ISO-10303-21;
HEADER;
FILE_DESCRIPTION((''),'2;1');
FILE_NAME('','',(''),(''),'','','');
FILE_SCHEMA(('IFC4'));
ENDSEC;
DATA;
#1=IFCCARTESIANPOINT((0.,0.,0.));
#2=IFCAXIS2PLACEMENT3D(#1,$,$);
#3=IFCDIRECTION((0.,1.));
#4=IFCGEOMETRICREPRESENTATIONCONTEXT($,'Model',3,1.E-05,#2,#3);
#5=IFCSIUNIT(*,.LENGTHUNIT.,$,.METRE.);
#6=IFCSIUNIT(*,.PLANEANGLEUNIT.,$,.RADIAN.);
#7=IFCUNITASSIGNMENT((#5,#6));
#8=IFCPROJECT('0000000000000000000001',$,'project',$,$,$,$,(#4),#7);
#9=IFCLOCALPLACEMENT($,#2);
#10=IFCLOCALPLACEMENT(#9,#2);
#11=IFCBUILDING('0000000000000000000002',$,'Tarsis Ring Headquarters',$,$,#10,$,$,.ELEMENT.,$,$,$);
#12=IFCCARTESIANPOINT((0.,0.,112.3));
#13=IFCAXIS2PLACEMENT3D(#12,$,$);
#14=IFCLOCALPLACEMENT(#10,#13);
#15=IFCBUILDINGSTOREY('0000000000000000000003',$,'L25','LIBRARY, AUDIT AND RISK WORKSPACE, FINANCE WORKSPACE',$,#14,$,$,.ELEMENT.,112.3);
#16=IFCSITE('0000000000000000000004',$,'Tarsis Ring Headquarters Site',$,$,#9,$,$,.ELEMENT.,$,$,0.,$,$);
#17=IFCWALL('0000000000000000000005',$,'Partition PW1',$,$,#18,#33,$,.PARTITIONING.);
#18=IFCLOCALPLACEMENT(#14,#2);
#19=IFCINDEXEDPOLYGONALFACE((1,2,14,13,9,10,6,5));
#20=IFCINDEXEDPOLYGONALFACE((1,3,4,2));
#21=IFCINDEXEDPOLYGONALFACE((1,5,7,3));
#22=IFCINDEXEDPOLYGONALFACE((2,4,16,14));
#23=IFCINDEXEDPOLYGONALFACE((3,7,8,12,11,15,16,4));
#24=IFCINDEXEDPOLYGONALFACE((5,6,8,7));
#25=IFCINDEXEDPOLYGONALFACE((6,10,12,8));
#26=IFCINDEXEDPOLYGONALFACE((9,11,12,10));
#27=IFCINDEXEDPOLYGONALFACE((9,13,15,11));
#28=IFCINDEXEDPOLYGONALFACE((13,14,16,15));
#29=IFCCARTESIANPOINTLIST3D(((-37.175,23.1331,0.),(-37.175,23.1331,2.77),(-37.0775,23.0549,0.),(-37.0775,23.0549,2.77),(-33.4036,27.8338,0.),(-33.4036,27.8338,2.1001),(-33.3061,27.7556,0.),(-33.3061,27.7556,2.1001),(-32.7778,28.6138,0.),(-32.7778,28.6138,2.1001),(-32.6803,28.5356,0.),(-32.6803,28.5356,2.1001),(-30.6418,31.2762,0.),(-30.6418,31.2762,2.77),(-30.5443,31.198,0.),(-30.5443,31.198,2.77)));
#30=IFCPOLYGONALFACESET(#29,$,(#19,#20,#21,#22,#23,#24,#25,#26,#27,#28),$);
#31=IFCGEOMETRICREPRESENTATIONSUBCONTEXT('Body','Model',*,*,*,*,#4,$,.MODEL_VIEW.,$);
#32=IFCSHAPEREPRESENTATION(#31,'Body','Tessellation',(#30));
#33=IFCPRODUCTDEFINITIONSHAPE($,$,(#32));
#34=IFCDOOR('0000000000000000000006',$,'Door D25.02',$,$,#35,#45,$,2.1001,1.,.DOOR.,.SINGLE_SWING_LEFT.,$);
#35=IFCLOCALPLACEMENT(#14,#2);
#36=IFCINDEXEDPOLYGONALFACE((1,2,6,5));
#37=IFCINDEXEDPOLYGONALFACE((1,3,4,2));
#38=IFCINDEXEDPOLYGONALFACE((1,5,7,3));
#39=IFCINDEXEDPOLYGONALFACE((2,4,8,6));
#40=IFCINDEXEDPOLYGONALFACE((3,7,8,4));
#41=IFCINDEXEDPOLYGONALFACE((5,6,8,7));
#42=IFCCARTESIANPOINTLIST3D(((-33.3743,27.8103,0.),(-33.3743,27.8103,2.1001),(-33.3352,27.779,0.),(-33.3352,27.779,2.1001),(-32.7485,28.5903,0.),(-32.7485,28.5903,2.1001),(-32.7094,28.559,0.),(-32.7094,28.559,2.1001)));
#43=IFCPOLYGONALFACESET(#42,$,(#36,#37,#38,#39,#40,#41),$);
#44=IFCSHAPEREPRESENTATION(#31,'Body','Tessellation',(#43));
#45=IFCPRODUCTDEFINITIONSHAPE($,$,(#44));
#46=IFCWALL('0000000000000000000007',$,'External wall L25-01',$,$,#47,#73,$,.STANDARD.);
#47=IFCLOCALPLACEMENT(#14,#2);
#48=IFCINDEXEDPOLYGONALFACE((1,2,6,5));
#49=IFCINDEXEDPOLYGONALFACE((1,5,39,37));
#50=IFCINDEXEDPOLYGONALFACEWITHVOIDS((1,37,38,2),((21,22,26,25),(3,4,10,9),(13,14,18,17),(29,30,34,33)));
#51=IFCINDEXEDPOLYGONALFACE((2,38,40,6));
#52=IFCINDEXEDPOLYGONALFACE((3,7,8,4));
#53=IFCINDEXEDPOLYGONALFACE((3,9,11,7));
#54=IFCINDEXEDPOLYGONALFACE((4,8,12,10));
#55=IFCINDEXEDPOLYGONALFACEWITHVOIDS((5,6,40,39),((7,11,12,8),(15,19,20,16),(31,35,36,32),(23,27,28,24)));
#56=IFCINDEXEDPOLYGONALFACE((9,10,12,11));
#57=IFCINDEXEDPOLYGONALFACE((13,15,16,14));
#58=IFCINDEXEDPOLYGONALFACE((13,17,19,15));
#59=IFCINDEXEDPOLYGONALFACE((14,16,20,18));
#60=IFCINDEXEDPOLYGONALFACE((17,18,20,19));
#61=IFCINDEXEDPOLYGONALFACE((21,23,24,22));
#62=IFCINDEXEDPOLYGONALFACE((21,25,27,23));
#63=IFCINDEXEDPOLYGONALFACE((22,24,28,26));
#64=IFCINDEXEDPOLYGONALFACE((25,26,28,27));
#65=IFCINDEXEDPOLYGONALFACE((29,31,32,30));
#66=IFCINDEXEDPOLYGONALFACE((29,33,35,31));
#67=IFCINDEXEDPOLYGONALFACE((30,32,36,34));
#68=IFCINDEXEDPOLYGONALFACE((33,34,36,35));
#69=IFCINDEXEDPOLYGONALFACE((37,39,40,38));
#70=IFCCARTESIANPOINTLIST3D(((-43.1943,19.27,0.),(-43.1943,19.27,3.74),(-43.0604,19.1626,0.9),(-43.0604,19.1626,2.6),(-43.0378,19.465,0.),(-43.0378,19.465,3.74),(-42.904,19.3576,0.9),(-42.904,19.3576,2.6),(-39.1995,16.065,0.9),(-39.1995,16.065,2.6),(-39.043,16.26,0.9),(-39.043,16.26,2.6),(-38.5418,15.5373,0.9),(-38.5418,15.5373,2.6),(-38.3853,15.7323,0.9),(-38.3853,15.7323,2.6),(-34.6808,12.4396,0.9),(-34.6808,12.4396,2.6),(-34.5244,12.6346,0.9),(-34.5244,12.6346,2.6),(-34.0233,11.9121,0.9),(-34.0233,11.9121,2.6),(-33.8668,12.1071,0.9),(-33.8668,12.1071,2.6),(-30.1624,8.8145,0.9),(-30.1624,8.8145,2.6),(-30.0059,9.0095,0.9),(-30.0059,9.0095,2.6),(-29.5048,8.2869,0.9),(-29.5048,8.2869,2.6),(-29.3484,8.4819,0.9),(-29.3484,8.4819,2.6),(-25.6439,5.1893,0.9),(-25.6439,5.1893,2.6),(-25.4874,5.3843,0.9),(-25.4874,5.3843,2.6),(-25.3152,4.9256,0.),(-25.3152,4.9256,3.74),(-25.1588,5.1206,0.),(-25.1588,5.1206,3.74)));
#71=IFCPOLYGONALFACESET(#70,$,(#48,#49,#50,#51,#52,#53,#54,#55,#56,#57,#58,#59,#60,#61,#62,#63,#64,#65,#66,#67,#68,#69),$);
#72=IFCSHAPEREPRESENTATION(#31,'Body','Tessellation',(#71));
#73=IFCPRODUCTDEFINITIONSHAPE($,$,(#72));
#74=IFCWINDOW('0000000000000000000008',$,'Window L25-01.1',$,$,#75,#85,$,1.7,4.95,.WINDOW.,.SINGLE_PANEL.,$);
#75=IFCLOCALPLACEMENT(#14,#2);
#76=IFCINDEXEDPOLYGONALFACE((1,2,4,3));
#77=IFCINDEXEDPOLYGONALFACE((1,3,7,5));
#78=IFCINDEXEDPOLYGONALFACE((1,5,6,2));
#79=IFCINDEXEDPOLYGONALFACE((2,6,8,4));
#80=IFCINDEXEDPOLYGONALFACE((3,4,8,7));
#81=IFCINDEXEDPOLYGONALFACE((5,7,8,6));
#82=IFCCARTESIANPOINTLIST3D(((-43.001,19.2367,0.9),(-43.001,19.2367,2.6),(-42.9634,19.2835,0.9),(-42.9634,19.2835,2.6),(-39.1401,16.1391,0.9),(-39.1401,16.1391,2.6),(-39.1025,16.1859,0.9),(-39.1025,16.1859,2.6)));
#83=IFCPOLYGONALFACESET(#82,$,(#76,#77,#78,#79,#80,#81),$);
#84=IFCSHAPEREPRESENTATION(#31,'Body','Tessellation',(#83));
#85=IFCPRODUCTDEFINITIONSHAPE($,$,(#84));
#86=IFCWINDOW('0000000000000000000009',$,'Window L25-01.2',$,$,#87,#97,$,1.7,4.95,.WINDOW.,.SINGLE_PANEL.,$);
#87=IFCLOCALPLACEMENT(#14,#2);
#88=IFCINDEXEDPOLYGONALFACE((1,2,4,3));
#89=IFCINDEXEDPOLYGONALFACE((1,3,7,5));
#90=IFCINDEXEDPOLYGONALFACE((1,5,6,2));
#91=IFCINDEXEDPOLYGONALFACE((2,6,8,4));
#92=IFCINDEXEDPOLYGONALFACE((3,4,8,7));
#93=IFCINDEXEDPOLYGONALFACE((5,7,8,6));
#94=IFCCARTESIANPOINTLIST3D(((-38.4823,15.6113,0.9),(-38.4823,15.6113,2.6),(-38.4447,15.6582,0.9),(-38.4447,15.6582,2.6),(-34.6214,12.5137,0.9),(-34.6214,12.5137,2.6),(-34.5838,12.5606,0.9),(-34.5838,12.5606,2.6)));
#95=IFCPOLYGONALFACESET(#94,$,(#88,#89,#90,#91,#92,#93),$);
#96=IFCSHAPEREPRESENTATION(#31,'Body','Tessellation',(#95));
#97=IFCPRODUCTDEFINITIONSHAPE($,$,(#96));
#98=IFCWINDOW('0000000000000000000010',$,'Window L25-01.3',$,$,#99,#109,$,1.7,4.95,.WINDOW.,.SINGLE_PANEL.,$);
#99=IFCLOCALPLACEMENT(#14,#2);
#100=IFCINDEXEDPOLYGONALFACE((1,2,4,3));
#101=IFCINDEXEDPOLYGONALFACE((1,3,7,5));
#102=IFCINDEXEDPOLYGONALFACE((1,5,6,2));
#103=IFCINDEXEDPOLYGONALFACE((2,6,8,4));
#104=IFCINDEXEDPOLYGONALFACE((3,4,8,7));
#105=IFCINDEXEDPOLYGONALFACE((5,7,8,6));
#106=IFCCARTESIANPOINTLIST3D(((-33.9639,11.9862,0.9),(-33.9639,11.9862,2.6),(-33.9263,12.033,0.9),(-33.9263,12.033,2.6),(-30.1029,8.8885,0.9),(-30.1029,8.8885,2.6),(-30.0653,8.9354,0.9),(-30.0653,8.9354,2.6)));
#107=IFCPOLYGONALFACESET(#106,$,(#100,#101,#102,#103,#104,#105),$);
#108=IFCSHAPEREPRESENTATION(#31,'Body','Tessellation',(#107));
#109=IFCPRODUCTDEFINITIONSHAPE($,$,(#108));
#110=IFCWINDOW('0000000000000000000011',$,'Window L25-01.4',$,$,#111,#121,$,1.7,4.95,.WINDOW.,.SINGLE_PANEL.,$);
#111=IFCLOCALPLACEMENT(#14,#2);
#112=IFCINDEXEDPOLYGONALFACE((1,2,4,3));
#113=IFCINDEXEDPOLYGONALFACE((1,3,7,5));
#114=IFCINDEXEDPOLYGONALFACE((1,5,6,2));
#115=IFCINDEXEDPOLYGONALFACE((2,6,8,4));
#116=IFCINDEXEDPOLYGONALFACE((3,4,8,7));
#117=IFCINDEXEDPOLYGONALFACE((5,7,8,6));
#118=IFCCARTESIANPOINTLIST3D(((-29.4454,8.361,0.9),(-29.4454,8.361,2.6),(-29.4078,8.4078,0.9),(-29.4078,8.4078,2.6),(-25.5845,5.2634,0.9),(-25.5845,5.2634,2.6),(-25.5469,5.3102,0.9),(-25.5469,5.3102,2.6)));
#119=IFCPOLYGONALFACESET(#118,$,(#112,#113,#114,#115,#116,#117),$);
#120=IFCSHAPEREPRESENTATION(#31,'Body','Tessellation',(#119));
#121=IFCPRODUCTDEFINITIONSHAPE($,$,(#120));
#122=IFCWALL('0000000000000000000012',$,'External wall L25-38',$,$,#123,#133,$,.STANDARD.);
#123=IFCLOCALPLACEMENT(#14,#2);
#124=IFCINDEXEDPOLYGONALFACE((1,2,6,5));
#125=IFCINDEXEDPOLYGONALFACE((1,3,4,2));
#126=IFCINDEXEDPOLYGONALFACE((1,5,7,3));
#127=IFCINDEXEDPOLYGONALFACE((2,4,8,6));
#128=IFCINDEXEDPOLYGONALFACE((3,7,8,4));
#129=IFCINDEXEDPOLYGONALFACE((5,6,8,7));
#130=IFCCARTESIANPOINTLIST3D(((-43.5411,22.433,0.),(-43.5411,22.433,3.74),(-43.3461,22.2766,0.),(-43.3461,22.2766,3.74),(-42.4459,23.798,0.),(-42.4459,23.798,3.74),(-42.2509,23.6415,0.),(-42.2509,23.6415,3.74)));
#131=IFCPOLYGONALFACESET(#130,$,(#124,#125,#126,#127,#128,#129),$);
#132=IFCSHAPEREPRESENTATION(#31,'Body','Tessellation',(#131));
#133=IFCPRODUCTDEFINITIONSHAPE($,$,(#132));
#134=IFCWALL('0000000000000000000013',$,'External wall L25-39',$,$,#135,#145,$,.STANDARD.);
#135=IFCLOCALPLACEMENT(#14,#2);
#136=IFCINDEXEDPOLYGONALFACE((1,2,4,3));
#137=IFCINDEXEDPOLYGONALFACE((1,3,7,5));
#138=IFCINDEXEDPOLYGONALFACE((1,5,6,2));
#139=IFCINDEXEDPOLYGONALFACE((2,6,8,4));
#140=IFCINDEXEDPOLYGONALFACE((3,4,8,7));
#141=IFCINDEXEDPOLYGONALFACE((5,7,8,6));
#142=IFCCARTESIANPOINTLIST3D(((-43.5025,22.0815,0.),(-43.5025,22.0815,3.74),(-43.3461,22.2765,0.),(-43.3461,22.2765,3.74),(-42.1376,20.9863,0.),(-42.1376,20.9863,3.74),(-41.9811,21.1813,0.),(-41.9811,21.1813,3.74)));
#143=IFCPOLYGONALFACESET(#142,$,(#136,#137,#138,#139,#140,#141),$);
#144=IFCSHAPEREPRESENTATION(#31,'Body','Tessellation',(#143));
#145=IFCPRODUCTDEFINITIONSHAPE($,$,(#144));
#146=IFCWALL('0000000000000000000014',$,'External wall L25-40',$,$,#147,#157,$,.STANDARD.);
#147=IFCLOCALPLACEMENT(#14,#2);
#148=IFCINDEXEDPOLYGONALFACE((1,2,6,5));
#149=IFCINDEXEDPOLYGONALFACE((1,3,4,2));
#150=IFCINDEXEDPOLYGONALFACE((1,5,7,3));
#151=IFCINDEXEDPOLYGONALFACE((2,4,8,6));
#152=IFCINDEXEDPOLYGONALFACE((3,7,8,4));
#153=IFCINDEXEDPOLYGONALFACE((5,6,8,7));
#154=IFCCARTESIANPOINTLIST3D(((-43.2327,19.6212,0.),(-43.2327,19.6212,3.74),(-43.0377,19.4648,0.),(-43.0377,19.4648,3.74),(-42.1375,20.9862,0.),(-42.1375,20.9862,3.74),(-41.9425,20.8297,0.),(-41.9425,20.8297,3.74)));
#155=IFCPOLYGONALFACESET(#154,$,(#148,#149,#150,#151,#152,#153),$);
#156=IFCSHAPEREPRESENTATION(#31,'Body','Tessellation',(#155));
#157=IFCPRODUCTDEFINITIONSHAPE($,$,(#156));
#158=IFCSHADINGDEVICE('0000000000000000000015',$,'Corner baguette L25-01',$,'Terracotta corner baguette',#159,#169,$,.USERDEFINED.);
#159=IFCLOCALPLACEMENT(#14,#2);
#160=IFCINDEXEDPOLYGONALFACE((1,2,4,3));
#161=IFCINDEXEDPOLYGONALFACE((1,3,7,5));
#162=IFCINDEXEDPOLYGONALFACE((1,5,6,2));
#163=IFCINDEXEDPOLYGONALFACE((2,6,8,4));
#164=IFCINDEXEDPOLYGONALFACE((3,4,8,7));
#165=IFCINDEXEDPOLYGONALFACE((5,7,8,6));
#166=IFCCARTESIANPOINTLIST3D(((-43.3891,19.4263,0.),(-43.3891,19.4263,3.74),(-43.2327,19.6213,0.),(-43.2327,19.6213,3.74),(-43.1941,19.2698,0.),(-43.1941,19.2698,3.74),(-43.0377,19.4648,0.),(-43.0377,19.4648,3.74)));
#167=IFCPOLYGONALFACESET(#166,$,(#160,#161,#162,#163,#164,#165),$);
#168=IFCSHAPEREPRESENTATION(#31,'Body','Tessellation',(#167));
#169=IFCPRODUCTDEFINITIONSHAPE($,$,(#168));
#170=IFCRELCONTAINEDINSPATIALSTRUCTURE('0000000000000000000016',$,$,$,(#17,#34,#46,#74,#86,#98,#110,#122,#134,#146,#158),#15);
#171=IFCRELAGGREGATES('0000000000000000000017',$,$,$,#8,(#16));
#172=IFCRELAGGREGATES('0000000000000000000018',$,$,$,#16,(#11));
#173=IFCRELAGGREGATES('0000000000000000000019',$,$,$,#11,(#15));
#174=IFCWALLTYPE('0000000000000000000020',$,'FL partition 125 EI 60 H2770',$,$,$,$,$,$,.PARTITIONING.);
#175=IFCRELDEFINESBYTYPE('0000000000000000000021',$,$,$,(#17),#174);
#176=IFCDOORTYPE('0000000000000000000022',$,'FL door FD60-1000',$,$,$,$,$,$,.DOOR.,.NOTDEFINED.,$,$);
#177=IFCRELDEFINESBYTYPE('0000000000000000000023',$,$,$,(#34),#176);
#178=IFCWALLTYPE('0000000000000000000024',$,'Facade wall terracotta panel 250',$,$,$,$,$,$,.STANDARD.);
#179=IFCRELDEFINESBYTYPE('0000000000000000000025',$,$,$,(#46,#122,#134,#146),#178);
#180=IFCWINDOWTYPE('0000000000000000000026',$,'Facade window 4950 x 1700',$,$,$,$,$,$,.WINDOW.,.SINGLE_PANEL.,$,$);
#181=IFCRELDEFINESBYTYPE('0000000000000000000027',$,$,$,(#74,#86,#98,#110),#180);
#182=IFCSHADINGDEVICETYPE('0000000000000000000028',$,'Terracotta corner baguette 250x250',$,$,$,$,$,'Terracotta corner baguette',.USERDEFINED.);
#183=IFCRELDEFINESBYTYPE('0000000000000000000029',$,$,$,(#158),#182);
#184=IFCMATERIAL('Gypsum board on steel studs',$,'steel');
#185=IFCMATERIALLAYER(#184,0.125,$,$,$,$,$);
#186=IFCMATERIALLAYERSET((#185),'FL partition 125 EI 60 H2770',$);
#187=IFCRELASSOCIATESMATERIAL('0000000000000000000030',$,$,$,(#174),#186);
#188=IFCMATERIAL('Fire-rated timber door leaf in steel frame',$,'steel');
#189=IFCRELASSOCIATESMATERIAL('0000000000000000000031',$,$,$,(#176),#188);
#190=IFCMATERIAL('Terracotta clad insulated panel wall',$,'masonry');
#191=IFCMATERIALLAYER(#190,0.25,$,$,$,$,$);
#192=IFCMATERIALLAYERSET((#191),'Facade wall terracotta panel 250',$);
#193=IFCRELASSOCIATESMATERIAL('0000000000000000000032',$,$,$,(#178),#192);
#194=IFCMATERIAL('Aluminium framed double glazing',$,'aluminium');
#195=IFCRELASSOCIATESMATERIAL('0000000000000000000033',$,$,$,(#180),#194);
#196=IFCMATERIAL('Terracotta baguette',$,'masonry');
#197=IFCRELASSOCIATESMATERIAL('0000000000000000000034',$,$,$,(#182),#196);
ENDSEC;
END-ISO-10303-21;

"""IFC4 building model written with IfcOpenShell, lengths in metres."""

from ifc_helpers import new_model, si_unit, direction, frame, frame_2d, origin, origin_2d, place, context, subcontext, project, spatial, rectangle, extrude, material, layer, layer_set, type_object, element, fill, save


model = new_model("IFC4")

# Units and contexts
model_context = context("Model", 3, precision=1e-05, world=origin(), true_north=direction((0.0, 1.0)))
body_context = subcontext(model_context, "Body", "Model", "MODEL_VIEW")
ifc_project = project(units=[si_unit("LENGTHUNIT", "METRE"), si_unit("PLANEANGLEUNIT", "RADIAN")], contexts=[model_context])

# Site, building, storey
site_placement = place(None, origin())
site = spatial("IfcSite", under=ifc_project, at=site_placement, Name="Tarsis Ring Headquarters Site", CompositionType="ELEMENT", RefElevation=0.0)
building_placement = place(site_placement, origin())
building = spatial("IfcBuilding", under=site, at=building_placement, Name="Tarsis Ring Headquarters", CompositionType="ELEMENT")
storey_placement = place(building_placement, frame((0.0, 0.0, 112.3)))
storey = spatial("IfcBuildingStorey", under=building, at=storey_placement, Name="L25", Description="LIBRARY, AUDIT AND RISK WORKSPACE, FINANCE WORKSPACE", CompositionType="ELEMENT", Elevation=112.3)

# Shared definitions
ifc_material_1 = material(Name="Gypsum board on steel studs", Category="steel")

# Shared definitions
ifc_layer_1 = layer(ifc_material_1, 0.125)
ifc_layer_set_1 = layer_set([ifc_layer_1], Name="FL partition 125 EI 60 H2770")
wall_type_1 = type_object("IfcWallType", Name="FL partition 125 EI 60 H2770", PredefinedType="PARTITIONING", material=ifc_layer_set_1)
ifc_material_2 = material(Name="Fire-rated timber door leaf in steel frame", Category="steel")
door_type_1 = type_object("IfcDoorType", Name="FL door FD60-1000", OperationType="NOTDEFINED", PredefinedType="DOOR", material=ifc_material_2)

# Wall, opening, door
wall_1_placement = place(storey_placement, frame((-37.1262, 23.094, 0.0), z_axis=(0.0, 0.0, 1.0), x_axis=(0.62579, 0.779992, 0.0)))
wall_1 = element("IfcWall", 1, at=wall_1_placement, inside=storey, type_object=wall_type_1, Name="Partition PW1", PredefinedType="PARTITIONING", context=body_context, shape_type="SweptSolid", body=[
    extrude(rectangle(XDim=10.4399, YDim=0.125, at=frame_2d((5.22, 0.0))), origin(), (0.0, 0.0, 1.0), 2.77),
])
opening_1_placement = place(wall_1_placement, frame((6.0266, 0.0, 0.0)))
opening_1 = element("IfcOpeningElement", 2, at=opening_1_placement, cuts=wall_1, PredefinedType="OPENING", context=body_context, shape_type="SweptSolid", body=[
    extrude(rectangle(XDim=1.0, YDim=2.1001, at=frame_2d((0.5, 1.05))), frame((0.0, 0.0725, 0.0), z_axis=(0.0, -1.0, 0.0), x_axis=(1.0, 0.0, 0.0)), (0.0, 0.0, 1.0), 0.145),
])
door_1_placement = place(opening_1_placement, origin())
door_1 = element("IfcDoor", 3, at=door_1_placement, inside=storey, type_object=door_type_1, Name="Door D25.02", OperationType="SINGLE_SWING_LEFT", OverallHeight=2.1001, OverallWidth=1.0, PredefinedType="DOOR", context=body_context, shape_type="SweptSolid", body=[
    extrude(rectangle(XDim=1.0, YDim=2.1001, at=frame_2d((0.5, 1.05))), frame((0.0, 0.0249, 0.0), z_axis=(0.0, -1.0, 0.0), x_axis=(1.0, 0.0, 0.0)), (0.0, 0.0, 1.0), 0.05),
])
fill(opening_1, door_1)

# Wall, openings, windows
ifc_material_3 = material(Name="Terracotta clad insulated panel wall", Category="masonry")
ifc_layer_2 = layer(ifc_material_3, 0.25)
ifc_layer_set_2 = layer_set([ifc_layer_2], Name="Facade wall terracotta panel 250")
wall_type_2 = type_object("IfcWallType", Name="Facade wall terracotta panel 250", PredefinedType="STANDARD", material=ifc_layer_set_2)
wall_2_placement = place(storey_placement, frame((-43.116, 19.3674, 0.0), z_axis=(0.0, 0.0, 1.0), x_axis=(0.779992, -0.625789, 0.0)))
wall_2 = element("IfcWall", 4, at=wall_2_placement, inside=storey, type_object=wall_type_2, Name="External wall L25-01", PredefinedType="STANDARD", context=body_context, shape_type="SweptSolid", body=[
    extrude(rectangle(XDim=22.9221, YDim=0.25, at=frame_2d((11.4609, 0.0))), origin(), (0.0, 0.0, 1.0), 3.74),
])
opening_2_placement = place(wall_2_placement, frame((0.1714, 0.0, 0.8999)))
opening_2 = element("IfcOpeningElement", 5, at=opening_2_placement, cuts=wall_2, PredefinedType="OPENING", context=body_context, shape_type="SweptSolid", body=[
    extrude(rectangle(XDim=4.95, YDim=1.7, at=frame_2d((2.4751, 0.8501))), frame((0.0, 0.135, 0.0), z_axis=(0.0, -1.0, 0.0), x_axis=(1.0, 0.0, 0.0)), (0.0, 0.0, 1.0), 0.27),
])
opening_3_placement = place(wall_2_placement, frame((5.9646, 0.0, 0.8999)))
opening_3 = element("IfcOpeningElement", 6, at=opening_3_placement, cuts=wall_2, PredefinedType="OPENING", context=body_context, shape_type="SweptSolid", body=[
    extrude(rectangle(XDim=4.95, YDim=1.7, at=frame_2d((2.4751, 0.8501))), frame((0.0, 0.135, 0.0), z_axis=(0.0, -1.0, 0.0), x_axis=(1.0, 0.0, 0.0)), (0.0, 0.0, 1.0), 0.27),
])
opening_4_placement = place(wall_2_placement, frame((11.7576, 0.0, 0.8999)))
opening_4 = element("IfcOpeningElement", 7, at=opening_4_placement, cuts=wall_2, PredefinedType="OPENING", context=body_context, shape_type="SweptSolid", body=[
    extrude(rectangle(XDim=4.95, YDim=1.7, at=frame_2d((2.4751, 0.8501))), frame((0.0, 0.135, 0.0), z_axis=(0.0, -1.0, 0.0), x_axis=(1.0, 0.0, 0.0)), (0.0, 0.0, 1.0), 0.27),
])
opening_5_placement = place(wall_2_placement, frame((17.5505, 0.0, 0.8999)))
opening_5 = element("IfcOpeningElement", 8, at=opening_5_placement, cuts=wall_2, PredefinedType="OPENING", context=body_context, shape_type="SweptSolid", body=[
    extrude(rectangle(XDim=4.95, YDim=1.7, at=frame_2d((2.4751, 0.8501))), frame((0.0, 0.135, 0.0), z_axis=(0.0, -1.0, 0.0), x_axis=(1.0, 0.0, 0.0)), (0.0, 0.0, 1.0), 0.27),
])
ifc_material_4 = material(Name="Aluminium framed double glazing", Category="aluminium")
window_type = type_object("IfcWindowType", Name="Facade window 4950 x 1700", PartitioningType="SINGLE_PANEL", PredefinedType="WINDOW", material=ifc_material_4)
window_1_placement = place(opening_2_placement, origin())
window_1 = element("IfcWindow", 9, at=window_1_placement, inside=storey, type_object=window_type, Name="Window L25-01.1", OverallHeight=1.7, OverallWidth=4.95, PartitioningType="SINGLE_PANEL", PredefinedType="WINDOW", context=body_context, shape_type="SweptSolid", body=[
    extrude(rectangle(XDim=4.95, YDim=1.7, at=frame_2d((2.4751, 0.8501))), frame((0.0, 0.03, 0.0), z_axis=(0.0, -1.0, 0.0), x_axis=(1.0, 0.0, 0.0)), (0.0, 0.0, 1.0), 0.0601),
])
fill(opening_2, window_1)
window_2_placement = place(opening_3_placement, origin())
window_2 = element("IfcWindow", 10, at=window_2_placement, inside=storey, type_object=window_type, Name="Window L25-01.2", OverallHeight=1.7, OverallWidth=4.95, PartitioningType="SINGLE_PANEL", PredefinedType="WINDOW", context=body_context, shape_type="SweptSolid", body=[
    extrude(rectangle(XDim=4.95, YDim=1.7, at=frame_2d((2.4751, 0.8501))), frame((0.0, 0.03, 0.0), z_axis=(0.0, -1.0, 0.0), x_axis=(1.0, 0.0, 0.0)), (0.0, 0.0, 1.0), 0.0601),
])
fill(opening_3, window_2)
window_3_placement = place(opening_4_placement, origin())
window_3 = element("IfcWindow", 11, at=window_3_placement, inside=storey, type_object=window_type, Name="Window L25-01.3", OverallHeight=1.7, OverallWidth=4.95, PartitioningType="SINGLE_PANEL", PredefinedType="WINDOW", context=body_context, shape_type="SweptSolid", body=[
    extrude(rectangle(XDim=4.95, YDim=1.7, at=frame_2d((2.4751, 0.8501))), frame((0.0, 0.03, 0.0), z_axis=(0.0, -1.0, 0.0), x_axis=(1.0, 0.0, 0.0)), (0.0, 0.0, 1.0), 0.0601),
])
fill(opening_4, window_3)
window_4_placement = place(opening_5_placement, origin())
window_4 = element("IfcWindow", 12, at=window_4_placement, inside=storey, type_object=window_type, Name="Window L25-01.4", OverallHeight=1.7, OverallWidth=4.95, PartitioningType="SINGLE_PANEL", PredefinedType="WINDOW", context=body_context, shape_type="SweptSolid", body=[
    extrude(rectangle(XDim=4.95, YDim=1.7, at=frame_2d((2.4751, 0.8501))), frame((0.0, 0.03, 0.0), z_axis=(0.0, -1.0, 0.0), x_axis=(1.0, 0.0, 0.0)), (0.0, 0.0, 1.0), 0.0601),
])
fill(opening_5, window_4)

# Walls
for number, where, z_axis, x_axis, name in (
    (13, (-42.3484, 23.7197, 0.0), (0.0, 0.0, 1.0), (-0.625817, -0.77997, 0.0), "External wall L25-38"),
    (14, (-43.4243, 22.179, 0.0), (0.0, 0.0, 1.0), (0.77997, -0.625817, 0.0), "External wall L25-39"),
    (15, (-42.04, 20.908, 0.0), (0.0, 0.0, 1.0), (-0.625817, -0.77997, 0.0), "External wall L25-40"),
):
    element("IfcWall", number, at=place(storey_placement, frame(where, z_axis=z_axis, x_axis=x_axis)), inside=storey, type_object=wall_type_2, Name=name, PredefinedType="STANDARD", context=body_context, shape_type="SweptSolid", body=[
        extrude(rectangle(XDim=1.75, YDim=0.25, at=frame_2d((0.875, 0.0))), origin(), (0.0, 0.0, 1.0), 3.74),
    ])

# Shading device
ifc_material_5 = material(Name="Terracotta baguette", Category="masonry")
shading_device_type_1 = type_object("IfcShadingDeviceType", Name="Terracotta corner baguette 250x250", ElementType="Terracotta corner baguette", PredefinedType="USERDEFINED", material=ifc_material_5)
for number, where, z_axis, x_axis, name in (
    (16, (-43.2134, 19.4456, 0.0), (0.0, 0.0, 1.0), (-0.625787, -0.779994, 0.0), "Corner baguette L25-01"),
):
    element("IfcShadingDevice", number, at=place(storey_placement, frame(where, z_axis=z_axis, x_axis=x_axis)), inside=storey, type_object=shading_device_type_1, Name=name, ObjectType="Terracotta corner baguette", PredefinedType="USERDEFINED", context=body_context, shape_type="SweptSolid", body=[
        extrude(rectangle(XDim=0.25, YDim=0.25, at=origin_2d()), origin(), (0.0, 0.0, 1.0), 3.74),
    ])

save(model, "model.ifc")
